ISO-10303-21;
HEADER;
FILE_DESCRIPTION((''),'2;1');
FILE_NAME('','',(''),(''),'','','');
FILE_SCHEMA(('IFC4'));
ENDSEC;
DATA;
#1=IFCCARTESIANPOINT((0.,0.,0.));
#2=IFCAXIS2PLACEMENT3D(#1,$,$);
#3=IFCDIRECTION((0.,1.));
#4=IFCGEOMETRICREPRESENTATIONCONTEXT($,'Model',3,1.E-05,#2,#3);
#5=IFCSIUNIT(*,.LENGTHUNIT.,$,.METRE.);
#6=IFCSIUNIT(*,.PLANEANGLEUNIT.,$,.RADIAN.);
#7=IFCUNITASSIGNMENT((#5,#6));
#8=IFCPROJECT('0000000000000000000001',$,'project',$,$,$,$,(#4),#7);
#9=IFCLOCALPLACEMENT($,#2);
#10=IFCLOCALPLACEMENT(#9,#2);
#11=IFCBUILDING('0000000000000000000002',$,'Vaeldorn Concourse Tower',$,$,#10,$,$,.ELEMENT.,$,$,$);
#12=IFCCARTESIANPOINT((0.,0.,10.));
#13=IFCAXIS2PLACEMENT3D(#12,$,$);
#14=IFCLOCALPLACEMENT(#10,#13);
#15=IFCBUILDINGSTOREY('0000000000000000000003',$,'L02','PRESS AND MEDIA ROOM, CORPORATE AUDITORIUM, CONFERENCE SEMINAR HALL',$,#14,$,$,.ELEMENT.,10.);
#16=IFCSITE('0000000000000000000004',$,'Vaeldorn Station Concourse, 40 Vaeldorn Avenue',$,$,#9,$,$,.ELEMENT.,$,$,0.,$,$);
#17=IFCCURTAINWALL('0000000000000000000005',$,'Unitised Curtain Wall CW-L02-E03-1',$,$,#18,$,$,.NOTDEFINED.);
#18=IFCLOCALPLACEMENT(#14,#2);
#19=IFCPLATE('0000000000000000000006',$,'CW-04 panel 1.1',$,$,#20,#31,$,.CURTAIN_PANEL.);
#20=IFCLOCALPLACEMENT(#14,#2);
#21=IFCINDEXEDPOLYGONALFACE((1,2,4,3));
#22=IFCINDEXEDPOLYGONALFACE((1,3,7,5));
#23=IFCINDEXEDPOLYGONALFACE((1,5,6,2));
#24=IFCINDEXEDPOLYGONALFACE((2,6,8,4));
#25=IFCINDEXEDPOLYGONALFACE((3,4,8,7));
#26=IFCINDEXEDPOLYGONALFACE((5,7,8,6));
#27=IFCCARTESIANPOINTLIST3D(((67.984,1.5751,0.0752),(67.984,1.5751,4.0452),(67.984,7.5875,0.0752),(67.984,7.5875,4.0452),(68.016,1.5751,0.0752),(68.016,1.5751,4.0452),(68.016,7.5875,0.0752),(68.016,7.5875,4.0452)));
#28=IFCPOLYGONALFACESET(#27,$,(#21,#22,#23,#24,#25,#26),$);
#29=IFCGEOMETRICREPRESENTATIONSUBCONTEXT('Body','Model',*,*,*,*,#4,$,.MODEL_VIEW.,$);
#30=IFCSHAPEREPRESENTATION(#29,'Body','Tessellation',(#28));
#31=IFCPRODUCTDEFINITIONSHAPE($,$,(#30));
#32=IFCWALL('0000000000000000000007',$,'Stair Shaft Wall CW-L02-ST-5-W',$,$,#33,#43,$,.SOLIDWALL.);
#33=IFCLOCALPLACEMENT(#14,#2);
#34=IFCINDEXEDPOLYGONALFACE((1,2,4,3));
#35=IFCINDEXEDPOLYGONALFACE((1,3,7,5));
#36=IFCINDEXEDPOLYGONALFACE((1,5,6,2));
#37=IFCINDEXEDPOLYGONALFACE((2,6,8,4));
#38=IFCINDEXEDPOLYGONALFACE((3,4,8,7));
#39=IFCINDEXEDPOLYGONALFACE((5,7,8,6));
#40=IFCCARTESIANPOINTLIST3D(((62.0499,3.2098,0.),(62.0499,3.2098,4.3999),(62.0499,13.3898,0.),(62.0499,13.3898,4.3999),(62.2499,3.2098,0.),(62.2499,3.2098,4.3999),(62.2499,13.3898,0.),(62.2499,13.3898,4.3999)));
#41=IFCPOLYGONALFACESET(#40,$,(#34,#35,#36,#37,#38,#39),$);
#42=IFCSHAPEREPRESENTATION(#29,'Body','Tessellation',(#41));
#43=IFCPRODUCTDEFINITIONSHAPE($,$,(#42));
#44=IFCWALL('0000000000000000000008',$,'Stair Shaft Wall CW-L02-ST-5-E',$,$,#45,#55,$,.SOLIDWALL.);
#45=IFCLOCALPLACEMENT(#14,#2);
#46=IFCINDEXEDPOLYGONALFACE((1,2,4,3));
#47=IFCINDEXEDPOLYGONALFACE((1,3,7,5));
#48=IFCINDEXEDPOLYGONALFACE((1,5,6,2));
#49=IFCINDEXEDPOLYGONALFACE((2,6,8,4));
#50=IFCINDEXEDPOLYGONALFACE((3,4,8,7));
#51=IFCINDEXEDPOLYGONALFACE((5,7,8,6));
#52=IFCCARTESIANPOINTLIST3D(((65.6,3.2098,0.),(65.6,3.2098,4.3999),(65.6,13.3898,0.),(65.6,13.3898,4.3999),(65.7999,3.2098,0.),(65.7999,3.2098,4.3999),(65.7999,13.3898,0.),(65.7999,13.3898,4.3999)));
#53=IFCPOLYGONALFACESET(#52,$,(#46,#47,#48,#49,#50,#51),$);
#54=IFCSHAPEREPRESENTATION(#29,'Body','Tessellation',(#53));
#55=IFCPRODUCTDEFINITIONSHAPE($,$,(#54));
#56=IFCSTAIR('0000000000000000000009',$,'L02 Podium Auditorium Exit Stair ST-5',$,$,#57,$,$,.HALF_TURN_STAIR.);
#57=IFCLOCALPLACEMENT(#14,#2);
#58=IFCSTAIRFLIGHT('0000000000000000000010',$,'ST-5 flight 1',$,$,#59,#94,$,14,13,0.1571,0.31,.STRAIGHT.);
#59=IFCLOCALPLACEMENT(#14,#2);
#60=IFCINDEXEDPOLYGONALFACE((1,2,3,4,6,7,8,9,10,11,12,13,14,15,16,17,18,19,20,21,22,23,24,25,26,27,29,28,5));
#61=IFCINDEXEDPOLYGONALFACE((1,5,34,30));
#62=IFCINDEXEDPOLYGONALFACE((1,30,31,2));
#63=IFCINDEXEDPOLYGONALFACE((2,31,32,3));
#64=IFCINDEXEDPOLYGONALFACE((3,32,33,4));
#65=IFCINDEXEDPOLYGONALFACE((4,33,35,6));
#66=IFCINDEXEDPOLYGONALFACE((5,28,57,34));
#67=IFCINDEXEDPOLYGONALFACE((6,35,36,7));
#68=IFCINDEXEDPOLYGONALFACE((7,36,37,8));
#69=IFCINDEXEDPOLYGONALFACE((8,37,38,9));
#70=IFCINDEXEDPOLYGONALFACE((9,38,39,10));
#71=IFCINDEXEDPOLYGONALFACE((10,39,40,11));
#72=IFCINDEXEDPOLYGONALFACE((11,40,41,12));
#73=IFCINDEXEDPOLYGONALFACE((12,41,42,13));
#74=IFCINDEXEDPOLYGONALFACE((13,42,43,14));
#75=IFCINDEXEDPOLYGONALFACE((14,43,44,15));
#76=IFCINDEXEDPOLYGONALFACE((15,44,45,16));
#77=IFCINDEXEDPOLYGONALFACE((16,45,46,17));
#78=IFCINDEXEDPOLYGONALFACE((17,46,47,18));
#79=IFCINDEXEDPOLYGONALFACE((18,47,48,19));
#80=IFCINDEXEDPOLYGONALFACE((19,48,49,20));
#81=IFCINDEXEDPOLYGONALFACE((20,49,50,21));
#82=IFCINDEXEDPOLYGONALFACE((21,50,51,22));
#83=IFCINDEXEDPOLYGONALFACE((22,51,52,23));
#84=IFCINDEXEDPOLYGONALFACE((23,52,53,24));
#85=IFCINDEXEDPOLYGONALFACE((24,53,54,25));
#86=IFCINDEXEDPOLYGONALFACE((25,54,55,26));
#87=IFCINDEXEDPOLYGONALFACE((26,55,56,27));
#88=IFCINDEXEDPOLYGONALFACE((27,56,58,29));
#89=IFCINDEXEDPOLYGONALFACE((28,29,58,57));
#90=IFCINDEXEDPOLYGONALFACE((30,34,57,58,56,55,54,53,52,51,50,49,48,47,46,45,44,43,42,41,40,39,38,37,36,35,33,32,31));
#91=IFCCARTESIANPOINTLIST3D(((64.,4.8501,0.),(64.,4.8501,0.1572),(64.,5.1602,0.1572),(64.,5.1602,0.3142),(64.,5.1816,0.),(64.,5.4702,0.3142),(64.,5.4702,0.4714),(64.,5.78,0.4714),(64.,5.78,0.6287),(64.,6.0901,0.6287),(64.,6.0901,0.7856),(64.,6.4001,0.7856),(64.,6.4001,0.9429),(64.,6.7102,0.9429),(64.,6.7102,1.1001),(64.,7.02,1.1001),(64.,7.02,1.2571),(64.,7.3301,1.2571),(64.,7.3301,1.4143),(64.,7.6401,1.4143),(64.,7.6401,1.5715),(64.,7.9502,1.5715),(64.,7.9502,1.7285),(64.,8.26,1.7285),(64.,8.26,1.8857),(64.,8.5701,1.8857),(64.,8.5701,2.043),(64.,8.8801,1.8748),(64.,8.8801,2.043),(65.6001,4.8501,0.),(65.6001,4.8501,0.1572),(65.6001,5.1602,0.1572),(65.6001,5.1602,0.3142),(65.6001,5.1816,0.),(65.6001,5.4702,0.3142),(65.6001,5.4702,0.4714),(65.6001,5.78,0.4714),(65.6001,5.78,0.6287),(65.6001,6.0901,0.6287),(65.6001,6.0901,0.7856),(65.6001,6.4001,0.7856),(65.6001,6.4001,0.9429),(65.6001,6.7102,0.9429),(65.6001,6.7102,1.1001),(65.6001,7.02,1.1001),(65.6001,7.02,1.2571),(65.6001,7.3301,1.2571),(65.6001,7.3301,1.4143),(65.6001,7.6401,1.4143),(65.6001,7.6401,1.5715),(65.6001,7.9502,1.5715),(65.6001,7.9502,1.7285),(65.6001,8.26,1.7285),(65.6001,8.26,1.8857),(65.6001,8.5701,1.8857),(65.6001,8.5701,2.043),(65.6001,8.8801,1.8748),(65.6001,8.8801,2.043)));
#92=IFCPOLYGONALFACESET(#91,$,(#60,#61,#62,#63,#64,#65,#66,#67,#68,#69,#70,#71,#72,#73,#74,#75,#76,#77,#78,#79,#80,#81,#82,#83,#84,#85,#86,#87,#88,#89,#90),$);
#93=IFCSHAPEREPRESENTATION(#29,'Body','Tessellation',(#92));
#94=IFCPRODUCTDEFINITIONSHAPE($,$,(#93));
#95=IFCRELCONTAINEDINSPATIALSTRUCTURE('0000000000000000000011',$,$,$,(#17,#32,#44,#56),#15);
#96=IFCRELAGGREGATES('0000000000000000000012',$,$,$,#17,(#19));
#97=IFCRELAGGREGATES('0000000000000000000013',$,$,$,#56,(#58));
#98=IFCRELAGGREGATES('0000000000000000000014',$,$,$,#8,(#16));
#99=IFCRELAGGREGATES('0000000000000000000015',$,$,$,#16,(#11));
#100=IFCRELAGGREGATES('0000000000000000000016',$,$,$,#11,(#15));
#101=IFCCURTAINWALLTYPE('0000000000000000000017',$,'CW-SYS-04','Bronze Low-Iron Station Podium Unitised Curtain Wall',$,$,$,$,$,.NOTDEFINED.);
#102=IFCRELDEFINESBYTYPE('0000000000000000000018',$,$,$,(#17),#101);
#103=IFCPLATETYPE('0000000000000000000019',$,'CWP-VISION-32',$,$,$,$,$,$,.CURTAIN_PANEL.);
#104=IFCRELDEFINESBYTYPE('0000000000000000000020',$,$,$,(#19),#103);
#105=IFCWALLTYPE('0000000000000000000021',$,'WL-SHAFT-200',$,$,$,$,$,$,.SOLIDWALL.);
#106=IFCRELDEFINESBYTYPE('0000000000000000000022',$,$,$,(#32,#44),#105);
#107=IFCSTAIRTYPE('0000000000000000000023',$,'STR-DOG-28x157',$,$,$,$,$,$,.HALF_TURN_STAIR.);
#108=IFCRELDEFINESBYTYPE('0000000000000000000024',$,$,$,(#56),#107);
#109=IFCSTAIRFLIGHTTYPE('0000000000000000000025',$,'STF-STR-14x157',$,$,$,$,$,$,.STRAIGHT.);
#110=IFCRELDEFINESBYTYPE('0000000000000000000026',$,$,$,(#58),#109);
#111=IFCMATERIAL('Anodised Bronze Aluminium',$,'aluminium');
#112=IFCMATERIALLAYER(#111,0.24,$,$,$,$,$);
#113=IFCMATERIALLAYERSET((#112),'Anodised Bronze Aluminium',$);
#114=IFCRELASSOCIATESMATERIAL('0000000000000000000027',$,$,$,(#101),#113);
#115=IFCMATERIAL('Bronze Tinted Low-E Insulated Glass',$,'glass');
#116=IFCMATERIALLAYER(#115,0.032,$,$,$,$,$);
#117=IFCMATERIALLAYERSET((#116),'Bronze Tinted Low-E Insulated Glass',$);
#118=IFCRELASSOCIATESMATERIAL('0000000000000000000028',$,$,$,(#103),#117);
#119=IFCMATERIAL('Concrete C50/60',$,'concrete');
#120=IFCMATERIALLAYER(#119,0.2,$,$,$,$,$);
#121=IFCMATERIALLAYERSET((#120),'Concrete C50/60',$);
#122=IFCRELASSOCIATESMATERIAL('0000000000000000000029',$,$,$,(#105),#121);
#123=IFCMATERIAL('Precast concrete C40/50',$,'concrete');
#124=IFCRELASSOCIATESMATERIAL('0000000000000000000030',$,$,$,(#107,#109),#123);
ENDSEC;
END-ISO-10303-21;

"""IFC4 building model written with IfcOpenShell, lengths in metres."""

from ifc_helpers import new_model, si_unit, direction, frame, frame_2d, origin, origin_2d, place, context, subcontext, project, spatial, polyline, rectangle, outline, extrude, source, transform, mapped, material, layer, layer_set, type_object, element, aggregate, save


model = new_model("IFC4")

# Units and contexts
model_context = context("Model", 3, precision=1e-05, world=origin(), true_north=direction((0.0, 1.0)))
body_context = subcontext(model_context, "Body", "Model", "MODEL_VIEW")
ifc_project = project(units=[si_unit("LENGTHUNIT", "METRE"), si_unit("PLANEANGLEUNIT", "RADIAN")], contexts=[model_context])

# Site, building, storey
site_placement = place(None, origin())
site = spatial("IfcSite", under=ifc_project, at=site_placement, Name="Vaeldorn Station Concourse, 40 Vaeldorn Avenue", CompositionType="ELEMENT", RefElevation=0.0)
building_placement = place(site_placement, origin())
building = spatial("IfcBuilding", under=site, at=building_placement, Name="Vaeldorn Concourse Tower", CompositionType="ELEMENT")
storey_placement = place(building_placement, frame((0.0, 0.0, 10.0)))
storey = spatial("IfcBuildingStorey", under=building, at=storey_placement, Name="L02", Description="PRESS AND MEDIA ROOM, CORPORATE AUDITORIUM, CONFERENCE SEMINAR HALL", CompositionType="ELEMENT", Elevation=10.0)

# Curtain wall
ifc_material_1 = material(Name="Anodised Bronze Aluminium", Category="aluminium")
ifc_layer_1 = layer(ifc_material_1, 0.24)
ifc_layer_set_1 = layer_set([ifc_layer_1], Name="Anodised Bronze Aluminium")
curtain_wall_type = type_object("IfcCurtainWallType", Name="CW-SYS-04", Description="Bronze Low-Iron Station Podium Unitised Curtain Wall", PredefinedType="NOTDEFINED", material=ifc_layer_set_1)
curtain_wall_1_placement = place(storey_placement, origin())
curtain_wall_1 = element("IfcCurtainWall", 1, at=curtain_wall_1_placement, inside=storey, type_object=curtain_wall_type, Name="Unitised Curtain Wall CW-L02-E03-1", PredefinedType="NOTDEFINED")

# Plate
ifc_material_2 = material(Name="Bronze Tinted Low-E Insulated Glass", Category="glass")
ifc_layer_2 = layer(ifc_material_2, 0.032)
ifc_layer_set_2 = layer_set([ifc_layer_2], Name="Bronze Tinted Low-E Insulated Glass")
plate_type = type_object("IfcPlateType", Name="CWP-VISION-32", PredefinedType="CURTAIN_PANEL", material=ifc_layer_set_2)
shared_shape_1 = source(origin(), body_context, "Body", "SweptSolid", [
    extrude(rectangle(XDim=6.0125, YDim=0.032, at=origin_2d()), origin(), (0.0, 0.0, 1.0), 3.97),
])
plate_1_placement = place(storey_placement, frame((68.0, 4.5813, 0.0752), z_axis=(0.0, 0.0, 1.0), x_axis=(0.0, 1.0, 0.0)))
plate_1 = element("IfcPlate", 2, at=plate_1_placement, type_object=plate_type, Name="CW-04 panel 1.1", PredefinedType="CURTAIN_PANEL", context=body_context, shape_type="MappedRepresentation", body=[
    mapped(shared_shape_1, transform((0.0, 0.0, 0.0), scale=1.0)),
])
aggregate(curtain_wall_1, [plate_1])

# Shared definitions
ifc_material_3 = material(Name="Concrete C50/60", Category="concrete")
ifc_layer_3 = layer(ifc_material_3, 0.2)
ifc_layer_set_3 = layer_set([ifc_layer_3], Name="Concrete C50/60")
wall_type = type_object("IfcWallType", Name="WL-SHAFT-200", PredefinedType="SOLIDWALL", material=ifc_layer_set_3)

# Walls
for number, where, z_axis, x_axis, name in (
    (3, (62.1499, 3.21, 0.0), (0.0, 0.0, 1.0), (0.0, 1.0, 0.0), "Stair Shaft Wall CW-L02-ST-5-W"),
    (4, (65.7, 3.21, 0.0), (0.0, 0.0, 1.0), (0.0, 1.0, 0.0), "Stair Shaft Wall CW-L02-ST-5-E"),
):
    element("IfcWall", number, at=place(storey_placement, frame(where, z_axis=z_axis, x_axis=x_axis)), inside=storey, type_object=wall_type, Name=name, PredefinedType="SOLIDWALL", context=body_context, shape_type="SweptSolid", body=[
        extrude(rectangle(XDim=10.1799, YDim=0.2, at=frame_2d((5.0898, 0.0))), origin(), (0.0, 0.0, 1.0), 4.3999),
    ])

# Stair, stair flight
ifc_material_4 = material(Name="Precast concrete C40/50", Category="concrete")
stair_type = type_object("IfcStairType", Name="STR-DOG-28x157", PredefinedType="HALF_TURN_STAIR", material=ifc_material_4)
stair_placement = place(storey_placement, origin())
stair = element("IfcStair", 5, at=stair_placement, inside=storey, type_object=stair_type, Name="L02 Podium Auditorium Exit Stair ST-5", PredefinedType="HALF_TURN_STAIR")
stair_flight_type = type_object("IfcStairFlightType", Name="STF-STR-14x157", PredefinedType="STRAIGHT", material=ifc_material_4)
stair_flight_placement = place(storey_placement, frame((64.8, 4.8501, 0.0), z_axis=(0.0, 0.0, 1.0), x_axis=(0.0, 1.0, 0.0)))
stair_flight = element("IfcStairFlight", 6, at=stair_flight_placement, type_object=stair_flight_type, Name="ST-5 flight 1", NumberOfRisers=14, NumberOfTreads=13, PredefinedType="STRAIGHT", RiserHeight=0.1571, TreadLength=0.31, context=body_context, shape_type="SweptSolid", body=[
    extrude(outline(polyline([(0.0, 0.0), (0.0, 0.1572), (0.3101, 0.1572), (0.3101, 0.3142), (0.6201, 0.3142), (0.6201, 0.4714), (0.9299, 0.4714), (0.9299, 0.6287), (1.24, 0.6287), (1.24, 0.7856), (1.55, 0.7856), (1.55, 0.9429), (1.8601, 0.9429), (1.8601, 1.1001), (2.1699, 1.1001), (2.1699, 1.2571), (2.48, 1.2571), (2.48, 1.4143), (2.79, 1.4143), (2.79, 1.5715), (3.1001, 1.5715), (3.1001, 1.7285), (3.4099, 1.7285), (3.4099, 1.8857), (3.72, 1.8857), (3.72, 2.043), (4.03, 2.043), (4.03, 2.2), (4.03, 1.8748), (0.3315, 0.0), (0.0, 0.0)])), frame((0.0, 0.8, 0.0), z_axis=(0.0, -1.0, 0.0), x_axis=(1.0, 0.0, 0.0)), (0.0, 0.0, 1.0), 1.6001),
])
aggregate(stair, [stair_flight])

save(model, "model.ifc")
